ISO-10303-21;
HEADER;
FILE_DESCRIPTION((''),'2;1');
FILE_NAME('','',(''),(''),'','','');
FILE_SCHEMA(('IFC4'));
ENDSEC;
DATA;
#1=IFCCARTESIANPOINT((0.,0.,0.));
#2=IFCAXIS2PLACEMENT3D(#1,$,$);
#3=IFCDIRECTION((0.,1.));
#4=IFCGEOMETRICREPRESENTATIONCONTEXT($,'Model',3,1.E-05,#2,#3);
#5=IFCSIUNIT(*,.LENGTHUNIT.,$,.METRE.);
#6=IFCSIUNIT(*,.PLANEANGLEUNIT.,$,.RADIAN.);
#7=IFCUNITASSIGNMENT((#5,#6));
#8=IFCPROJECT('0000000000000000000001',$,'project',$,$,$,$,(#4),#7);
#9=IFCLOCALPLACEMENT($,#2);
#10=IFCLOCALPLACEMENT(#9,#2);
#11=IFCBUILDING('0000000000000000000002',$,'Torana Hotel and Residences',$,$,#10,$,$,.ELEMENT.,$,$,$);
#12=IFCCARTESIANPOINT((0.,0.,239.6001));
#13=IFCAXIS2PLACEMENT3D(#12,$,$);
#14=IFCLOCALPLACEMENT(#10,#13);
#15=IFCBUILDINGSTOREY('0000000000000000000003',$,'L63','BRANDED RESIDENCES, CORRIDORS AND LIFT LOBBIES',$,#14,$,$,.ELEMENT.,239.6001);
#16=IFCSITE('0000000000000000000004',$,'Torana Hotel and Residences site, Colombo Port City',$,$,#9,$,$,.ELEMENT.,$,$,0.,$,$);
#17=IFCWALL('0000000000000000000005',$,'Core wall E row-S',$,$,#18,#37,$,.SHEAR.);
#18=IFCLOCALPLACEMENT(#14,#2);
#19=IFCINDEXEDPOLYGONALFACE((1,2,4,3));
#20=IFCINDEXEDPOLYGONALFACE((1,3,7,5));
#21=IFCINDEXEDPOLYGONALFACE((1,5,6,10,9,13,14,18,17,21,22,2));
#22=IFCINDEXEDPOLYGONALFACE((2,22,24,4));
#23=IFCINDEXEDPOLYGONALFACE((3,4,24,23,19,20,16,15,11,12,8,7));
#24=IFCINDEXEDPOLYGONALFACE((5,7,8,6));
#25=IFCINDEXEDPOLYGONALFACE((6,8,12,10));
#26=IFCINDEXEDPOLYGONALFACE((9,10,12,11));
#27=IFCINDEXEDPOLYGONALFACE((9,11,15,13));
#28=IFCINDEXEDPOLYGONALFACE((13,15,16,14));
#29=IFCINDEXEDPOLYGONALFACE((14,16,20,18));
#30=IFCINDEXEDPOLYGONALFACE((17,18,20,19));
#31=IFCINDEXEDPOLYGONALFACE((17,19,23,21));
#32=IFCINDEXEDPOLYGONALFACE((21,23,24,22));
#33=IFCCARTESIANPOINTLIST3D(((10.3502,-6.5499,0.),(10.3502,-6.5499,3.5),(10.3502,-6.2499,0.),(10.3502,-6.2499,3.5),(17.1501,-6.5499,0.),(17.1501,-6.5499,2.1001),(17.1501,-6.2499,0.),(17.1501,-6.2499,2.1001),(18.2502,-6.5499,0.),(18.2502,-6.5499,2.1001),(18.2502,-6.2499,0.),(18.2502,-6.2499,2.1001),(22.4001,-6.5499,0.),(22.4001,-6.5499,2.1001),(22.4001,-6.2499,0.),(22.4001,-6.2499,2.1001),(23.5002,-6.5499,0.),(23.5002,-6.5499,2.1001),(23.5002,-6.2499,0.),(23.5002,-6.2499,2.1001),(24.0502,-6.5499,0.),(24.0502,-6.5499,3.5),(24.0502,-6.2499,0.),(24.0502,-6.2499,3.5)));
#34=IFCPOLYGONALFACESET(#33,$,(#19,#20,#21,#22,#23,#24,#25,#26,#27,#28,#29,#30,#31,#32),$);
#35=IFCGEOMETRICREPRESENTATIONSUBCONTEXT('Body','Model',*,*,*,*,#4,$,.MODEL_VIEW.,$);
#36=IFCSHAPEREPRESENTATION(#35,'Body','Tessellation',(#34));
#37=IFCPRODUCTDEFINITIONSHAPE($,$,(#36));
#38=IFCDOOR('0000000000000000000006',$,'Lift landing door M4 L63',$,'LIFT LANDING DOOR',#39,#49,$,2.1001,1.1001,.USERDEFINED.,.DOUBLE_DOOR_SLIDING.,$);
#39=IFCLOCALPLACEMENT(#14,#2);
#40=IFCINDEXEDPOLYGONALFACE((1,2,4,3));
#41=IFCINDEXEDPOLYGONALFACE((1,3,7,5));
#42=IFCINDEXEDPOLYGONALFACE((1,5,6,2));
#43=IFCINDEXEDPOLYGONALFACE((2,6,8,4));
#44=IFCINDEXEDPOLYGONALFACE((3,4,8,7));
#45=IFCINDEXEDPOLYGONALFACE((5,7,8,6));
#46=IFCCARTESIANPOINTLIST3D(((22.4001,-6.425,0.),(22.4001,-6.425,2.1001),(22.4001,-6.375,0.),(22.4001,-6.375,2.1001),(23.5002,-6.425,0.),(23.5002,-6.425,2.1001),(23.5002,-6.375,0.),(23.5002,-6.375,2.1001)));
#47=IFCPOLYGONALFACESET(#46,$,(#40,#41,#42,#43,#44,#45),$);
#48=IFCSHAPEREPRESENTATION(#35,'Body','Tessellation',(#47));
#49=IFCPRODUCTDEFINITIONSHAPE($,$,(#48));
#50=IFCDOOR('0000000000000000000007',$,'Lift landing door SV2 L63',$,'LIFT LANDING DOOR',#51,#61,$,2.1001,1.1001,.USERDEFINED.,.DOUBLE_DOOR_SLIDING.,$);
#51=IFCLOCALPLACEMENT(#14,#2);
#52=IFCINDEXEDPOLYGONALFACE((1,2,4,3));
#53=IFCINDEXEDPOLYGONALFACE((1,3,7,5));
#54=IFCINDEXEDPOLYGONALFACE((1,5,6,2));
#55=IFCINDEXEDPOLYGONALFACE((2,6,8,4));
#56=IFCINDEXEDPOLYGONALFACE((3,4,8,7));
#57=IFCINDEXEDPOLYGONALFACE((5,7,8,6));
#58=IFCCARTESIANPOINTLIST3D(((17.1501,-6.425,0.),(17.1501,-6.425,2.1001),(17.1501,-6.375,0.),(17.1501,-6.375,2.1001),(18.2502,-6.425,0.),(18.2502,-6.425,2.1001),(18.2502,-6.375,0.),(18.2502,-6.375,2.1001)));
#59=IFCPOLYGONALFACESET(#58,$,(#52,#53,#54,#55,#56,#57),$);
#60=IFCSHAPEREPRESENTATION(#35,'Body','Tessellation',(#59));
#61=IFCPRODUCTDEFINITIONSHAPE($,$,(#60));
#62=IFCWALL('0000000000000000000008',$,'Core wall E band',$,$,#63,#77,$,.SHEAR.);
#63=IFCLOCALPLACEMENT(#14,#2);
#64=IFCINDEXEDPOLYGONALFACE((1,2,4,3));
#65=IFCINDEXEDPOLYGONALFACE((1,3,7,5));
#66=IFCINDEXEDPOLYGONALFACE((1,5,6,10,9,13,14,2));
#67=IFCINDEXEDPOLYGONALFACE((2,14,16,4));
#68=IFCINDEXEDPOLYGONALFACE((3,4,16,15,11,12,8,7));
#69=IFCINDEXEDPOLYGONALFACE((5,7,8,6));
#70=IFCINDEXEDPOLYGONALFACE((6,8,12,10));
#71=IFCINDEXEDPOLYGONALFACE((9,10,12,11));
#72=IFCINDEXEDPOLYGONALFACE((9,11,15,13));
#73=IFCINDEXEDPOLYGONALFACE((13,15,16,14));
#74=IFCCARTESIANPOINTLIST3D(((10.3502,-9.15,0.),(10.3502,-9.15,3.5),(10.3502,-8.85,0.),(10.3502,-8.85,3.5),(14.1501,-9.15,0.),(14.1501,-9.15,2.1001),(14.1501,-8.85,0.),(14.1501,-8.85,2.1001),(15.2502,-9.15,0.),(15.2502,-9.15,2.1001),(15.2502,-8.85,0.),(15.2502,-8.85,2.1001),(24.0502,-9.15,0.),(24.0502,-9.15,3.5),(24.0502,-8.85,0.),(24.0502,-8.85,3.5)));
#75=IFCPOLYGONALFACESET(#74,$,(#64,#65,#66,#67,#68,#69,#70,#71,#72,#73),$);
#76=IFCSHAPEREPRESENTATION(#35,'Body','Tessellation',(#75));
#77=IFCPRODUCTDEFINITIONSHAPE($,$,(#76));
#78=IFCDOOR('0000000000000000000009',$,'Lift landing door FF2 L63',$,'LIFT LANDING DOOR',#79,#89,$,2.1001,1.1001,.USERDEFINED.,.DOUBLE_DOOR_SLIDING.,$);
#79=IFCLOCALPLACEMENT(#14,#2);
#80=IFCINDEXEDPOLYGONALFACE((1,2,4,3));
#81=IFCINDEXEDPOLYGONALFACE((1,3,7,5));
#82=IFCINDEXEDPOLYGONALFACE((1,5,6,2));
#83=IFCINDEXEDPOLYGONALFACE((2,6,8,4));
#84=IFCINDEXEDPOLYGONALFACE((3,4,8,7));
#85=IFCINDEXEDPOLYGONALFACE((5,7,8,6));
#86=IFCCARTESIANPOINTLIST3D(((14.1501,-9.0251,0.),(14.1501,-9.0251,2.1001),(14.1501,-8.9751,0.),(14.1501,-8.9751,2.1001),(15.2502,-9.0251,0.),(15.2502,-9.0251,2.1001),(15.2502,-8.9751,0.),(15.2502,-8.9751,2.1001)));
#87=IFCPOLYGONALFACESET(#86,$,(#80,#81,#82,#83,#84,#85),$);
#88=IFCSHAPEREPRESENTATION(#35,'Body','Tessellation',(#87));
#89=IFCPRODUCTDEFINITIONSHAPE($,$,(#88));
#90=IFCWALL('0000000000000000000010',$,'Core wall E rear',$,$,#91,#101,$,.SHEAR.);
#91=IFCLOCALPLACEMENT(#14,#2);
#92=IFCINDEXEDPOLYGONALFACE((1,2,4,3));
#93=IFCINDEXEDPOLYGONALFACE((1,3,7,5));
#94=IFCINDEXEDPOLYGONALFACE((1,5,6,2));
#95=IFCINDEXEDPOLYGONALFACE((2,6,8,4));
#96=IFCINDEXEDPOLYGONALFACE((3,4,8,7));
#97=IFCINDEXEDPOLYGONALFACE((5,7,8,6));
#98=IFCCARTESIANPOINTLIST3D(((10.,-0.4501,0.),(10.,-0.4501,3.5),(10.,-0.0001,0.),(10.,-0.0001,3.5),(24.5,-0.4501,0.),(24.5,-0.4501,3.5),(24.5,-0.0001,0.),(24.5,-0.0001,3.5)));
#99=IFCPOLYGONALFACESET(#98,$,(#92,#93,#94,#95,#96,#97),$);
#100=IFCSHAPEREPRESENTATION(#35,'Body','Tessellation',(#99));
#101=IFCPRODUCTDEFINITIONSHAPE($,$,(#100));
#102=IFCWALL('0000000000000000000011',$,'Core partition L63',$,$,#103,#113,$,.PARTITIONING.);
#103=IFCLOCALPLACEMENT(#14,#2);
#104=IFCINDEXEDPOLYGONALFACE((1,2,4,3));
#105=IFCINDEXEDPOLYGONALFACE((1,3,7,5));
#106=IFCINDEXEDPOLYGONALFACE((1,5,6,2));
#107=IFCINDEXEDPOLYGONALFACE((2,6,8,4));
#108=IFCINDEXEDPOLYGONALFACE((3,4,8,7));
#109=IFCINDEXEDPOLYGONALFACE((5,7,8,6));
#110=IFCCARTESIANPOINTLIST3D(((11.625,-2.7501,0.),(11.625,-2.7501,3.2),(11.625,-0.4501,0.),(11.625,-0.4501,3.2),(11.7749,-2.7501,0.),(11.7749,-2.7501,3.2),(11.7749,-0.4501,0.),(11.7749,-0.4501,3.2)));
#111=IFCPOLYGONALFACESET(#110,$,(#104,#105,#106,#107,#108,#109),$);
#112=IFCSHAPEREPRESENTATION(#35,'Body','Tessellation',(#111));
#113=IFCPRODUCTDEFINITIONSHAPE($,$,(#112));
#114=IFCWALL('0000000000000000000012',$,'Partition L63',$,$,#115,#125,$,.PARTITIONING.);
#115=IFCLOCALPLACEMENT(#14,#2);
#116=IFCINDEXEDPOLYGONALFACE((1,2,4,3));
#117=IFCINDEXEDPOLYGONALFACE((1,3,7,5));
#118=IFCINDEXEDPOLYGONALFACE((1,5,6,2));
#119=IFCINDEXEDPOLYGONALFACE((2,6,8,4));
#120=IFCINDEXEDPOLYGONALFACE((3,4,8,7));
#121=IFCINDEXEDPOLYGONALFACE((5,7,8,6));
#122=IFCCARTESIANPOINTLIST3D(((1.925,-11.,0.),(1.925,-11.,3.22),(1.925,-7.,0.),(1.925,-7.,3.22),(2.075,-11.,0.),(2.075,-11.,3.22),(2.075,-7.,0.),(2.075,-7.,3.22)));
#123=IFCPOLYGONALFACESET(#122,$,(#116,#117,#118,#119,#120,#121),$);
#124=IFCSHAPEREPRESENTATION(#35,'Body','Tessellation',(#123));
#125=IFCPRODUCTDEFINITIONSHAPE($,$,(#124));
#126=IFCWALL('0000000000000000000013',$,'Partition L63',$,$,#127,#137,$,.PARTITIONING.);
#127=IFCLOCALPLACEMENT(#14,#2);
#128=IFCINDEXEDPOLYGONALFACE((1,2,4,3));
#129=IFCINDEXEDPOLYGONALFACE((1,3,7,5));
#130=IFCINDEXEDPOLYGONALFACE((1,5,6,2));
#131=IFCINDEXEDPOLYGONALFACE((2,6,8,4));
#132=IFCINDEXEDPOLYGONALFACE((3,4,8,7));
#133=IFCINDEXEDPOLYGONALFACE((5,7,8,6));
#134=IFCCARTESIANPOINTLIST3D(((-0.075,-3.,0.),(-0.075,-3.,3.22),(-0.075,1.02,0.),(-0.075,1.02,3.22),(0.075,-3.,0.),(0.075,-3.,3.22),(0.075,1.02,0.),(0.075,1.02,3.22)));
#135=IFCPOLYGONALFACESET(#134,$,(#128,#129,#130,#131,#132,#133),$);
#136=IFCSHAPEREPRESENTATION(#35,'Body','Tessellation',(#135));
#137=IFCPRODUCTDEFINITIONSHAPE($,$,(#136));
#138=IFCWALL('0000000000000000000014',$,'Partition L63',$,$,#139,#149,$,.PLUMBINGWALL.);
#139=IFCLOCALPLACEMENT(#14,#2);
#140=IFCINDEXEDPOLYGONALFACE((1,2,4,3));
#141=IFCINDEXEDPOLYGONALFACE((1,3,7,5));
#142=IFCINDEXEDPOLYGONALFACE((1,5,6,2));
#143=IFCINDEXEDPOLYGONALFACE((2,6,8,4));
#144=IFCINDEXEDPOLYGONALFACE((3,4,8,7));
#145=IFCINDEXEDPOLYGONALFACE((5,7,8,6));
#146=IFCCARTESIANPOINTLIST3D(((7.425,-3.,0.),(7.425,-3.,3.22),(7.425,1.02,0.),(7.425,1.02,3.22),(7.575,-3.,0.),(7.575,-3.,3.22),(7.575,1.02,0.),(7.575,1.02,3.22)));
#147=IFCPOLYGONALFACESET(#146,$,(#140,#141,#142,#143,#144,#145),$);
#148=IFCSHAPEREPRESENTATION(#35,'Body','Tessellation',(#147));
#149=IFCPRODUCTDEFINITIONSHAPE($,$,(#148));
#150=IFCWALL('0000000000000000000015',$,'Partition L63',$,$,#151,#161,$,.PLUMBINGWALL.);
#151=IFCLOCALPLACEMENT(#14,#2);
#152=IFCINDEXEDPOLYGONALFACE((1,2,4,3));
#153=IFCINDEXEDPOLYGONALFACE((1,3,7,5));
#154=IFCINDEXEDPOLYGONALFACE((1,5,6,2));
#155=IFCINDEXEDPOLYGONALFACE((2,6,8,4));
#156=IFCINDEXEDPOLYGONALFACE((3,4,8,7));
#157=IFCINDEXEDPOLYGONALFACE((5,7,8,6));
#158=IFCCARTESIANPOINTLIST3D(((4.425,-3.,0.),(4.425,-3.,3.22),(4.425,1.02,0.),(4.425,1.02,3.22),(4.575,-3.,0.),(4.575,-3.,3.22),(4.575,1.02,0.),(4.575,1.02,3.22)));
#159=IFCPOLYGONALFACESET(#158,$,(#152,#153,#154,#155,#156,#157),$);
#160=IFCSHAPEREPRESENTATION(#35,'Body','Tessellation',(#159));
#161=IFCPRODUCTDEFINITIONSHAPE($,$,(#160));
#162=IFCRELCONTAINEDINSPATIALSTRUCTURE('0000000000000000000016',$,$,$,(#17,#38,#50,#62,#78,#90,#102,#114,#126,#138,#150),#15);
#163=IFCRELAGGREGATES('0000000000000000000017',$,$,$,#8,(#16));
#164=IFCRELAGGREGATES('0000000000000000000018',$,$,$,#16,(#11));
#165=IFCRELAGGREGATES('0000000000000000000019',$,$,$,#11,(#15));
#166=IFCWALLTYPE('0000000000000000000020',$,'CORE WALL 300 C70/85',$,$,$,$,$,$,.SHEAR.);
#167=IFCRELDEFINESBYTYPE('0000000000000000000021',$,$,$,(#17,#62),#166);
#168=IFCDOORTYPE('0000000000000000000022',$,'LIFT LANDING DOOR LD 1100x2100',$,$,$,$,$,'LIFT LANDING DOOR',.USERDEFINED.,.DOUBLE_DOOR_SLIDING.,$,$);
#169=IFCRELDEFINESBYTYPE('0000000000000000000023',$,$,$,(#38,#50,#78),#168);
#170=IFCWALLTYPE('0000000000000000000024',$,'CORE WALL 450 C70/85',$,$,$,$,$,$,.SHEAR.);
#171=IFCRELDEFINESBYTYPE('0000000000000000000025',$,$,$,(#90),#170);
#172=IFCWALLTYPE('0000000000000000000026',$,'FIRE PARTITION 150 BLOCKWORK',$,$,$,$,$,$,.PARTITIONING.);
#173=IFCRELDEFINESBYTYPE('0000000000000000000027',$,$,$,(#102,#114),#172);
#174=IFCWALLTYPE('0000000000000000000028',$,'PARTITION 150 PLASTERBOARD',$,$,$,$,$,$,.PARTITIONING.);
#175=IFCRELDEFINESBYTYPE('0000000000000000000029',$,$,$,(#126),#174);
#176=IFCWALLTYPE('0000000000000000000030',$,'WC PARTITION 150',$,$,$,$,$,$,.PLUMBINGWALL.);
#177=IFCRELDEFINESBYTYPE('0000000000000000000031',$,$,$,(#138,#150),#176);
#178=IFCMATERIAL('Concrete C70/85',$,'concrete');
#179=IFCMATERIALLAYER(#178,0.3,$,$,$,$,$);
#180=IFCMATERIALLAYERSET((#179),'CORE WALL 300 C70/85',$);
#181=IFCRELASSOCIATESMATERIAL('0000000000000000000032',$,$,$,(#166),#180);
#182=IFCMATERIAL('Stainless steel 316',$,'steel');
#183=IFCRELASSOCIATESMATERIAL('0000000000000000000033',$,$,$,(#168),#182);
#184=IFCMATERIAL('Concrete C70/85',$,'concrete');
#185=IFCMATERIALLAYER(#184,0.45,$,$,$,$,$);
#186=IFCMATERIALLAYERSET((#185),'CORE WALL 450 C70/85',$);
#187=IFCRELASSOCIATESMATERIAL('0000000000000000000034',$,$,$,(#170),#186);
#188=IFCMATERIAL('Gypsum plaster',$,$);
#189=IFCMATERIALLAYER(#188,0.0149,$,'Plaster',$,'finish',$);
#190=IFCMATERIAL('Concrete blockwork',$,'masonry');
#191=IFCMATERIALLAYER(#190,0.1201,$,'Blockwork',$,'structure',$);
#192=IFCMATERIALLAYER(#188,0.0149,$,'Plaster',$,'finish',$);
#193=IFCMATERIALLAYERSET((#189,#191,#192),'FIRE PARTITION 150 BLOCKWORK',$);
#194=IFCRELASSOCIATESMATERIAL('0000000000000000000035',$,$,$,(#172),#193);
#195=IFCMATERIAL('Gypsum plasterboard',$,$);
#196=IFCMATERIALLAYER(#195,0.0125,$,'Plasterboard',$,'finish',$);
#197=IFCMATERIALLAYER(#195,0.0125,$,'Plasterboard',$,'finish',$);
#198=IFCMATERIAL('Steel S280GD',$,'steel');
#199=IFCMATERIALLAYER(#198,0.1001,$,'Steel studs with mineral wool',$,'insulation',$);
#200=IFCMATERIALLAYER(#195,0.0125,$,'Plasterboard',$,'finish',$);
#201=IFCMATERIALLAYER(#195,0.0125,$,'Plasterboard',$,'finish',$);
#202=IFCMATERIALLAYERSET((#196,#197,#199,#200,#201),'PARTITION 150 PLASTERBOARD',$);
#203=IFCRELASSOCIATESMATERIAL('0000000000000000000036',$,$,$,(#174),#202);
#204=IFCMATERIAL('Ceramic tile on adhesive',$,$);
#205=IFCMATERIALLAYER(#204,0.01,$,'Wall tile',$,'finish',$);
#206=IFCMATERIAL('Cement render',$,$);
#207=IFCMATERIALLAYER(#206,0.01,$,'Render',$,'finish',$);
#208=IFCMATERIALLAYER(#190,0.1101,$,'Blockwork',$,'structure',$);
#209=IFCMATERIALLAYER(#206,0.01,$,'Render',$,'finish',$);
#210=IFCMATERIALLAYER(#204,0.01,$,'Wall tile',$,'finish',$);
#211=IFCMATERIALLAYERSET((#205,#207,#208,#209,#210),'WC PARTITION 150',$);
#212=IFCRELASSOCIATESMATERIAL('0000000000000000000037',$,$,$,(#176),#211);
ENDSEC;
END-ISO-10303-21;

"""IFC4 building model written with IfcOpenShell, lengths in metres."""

from ifc_helpers import new_model, si_unit, direction, frame, frame_2d, origin, place, context, subcontext, project, spatial, rectangle, extrude, material, layer, layer_set, type_object, element, fill, save


model = new_model("IFC4")

# Units and contexts
model_context = context("Model", 3, precision=1e-05, world=origin(), true_north=direction((0.0, 1.0)))
body_context = subcontext(model_context, "Body", "Model", "MODEL_VIEW")
ifc_project = project(units=[si_unit("LENGTHUNIT", "METRE"), si_unit("PLANEANGLEUNIT", "RADIAN")], contexts=[model_context])

# Site, building, storey
site_placement = place(None, origin())
site = spatial("IfcSite", under=ifc_project, at=site_placement, Name="Torana Hotel and Residences site, Colombo Port City", CompositionType="ELEMENT", RefElevation=0.0)
building_placement = place(site_placement, origin())
building = spatial("IfcBuilding", under=site, at=building_placement, Name="Torana Hotel and Residences", CompositionType="ELEMENT")
storey_placement = place(building_placement, frame((0.0, 0.0, 239.6001)))
storey = spatial("IfcBuildingStorey", under=building, at=storey_placement, Name="L63", Description="BRANDED RESIDENCES, CORRIDORS AND LIFT LOBBIES", CompositionType="ELEMENT", Elevation=239.6001)

# Wall, openings, doors
ifc_material_1 = material(Name="Concrete C70/85", Category="concrete")
ifc_layer_1 = layer(ifc_material_1, 0.3)
ifc_layer_set_1 = layer_set([ifc_layer_1], Name="CORE WALL 300 C70/85")
wall_type_1 = type_object("IfcWallType", Name="CORE WALL 300 C70/85", PredefinedType="SHEAR", material=ifc_layer_set_1)
ifc_material_2 = material(Name="Stainless steel 316", Category="steel")
door_type_1 = type_object("IfcDoorType", Name="LIFT LANDING DOOR LD 1100x2100", ElementType="LIFT LANDING DOOR", OperationType="DOUBLE_DOOR_SLIDING", PredefinedType="USERDEFINED", material=ifc_material_2)
wall_1_placement = place(storey_placement, frame((10.3501, -6.3999, 0.0), z_axis=(0.0, 0.0, 1.0), x_axis=(1.0, 0.0, 0.0)))
wall_1 = element("IfcWall", 1, at=wall_1_placement, inside=storey, type_object=wall_type_1, Name="Core wall E row-S", PredefinedType="SHEAR", context=body_context, shape_type="SweptSolid", body=[
    extrude(rectangle(XDim=13.7, YDim=0.3, at=frame_2d((6.8501, 0.0))), origin(), (0.0, 0.0, 1.0), 3.5),
])
opening_1_placement = place(wall_1_placement, frame((12.05, 0.0, 0.0)))
opening_1 = element("IfcOpeningElement", 2, at=opening_1_placement, cuts=wall_1, PredefinedType="OPENING", context=body_context, shape_type="SweptSolid", body=[
    extrude(rectangle(XDim=1.1001, YDim=2.1001, at=frame_2d((0.55, 1.05))), frame((0.0, 0.1599, 0.0), z_axis=(0.0, -1.0, 0.0), x_axis=(1.0, 0.0, 0.0)), (0.0, 0.0, 1.0), 0.3201),
])
opening_2_placement = place(wall_1_placement, frame((6.8, 0.0, 0.0)))
opening_2 = element("IfcOpeningElement", 3, at=opening_2_placement, cuts=wall_1, PredefinedType="OPENING", context=body_context, shape_type="SweptSolid", body=[
    extrude(rectangle(XDim=1.1001, YDim=2.1001, at=frame_2d((0.55, 1.05))), frame((0.0, 0.1599, 0.0), z_axis=(0.0, -1.0, 0.0), x_axis=(1.0, 0.0, 0.0)), (0.0, 0.0, 1.0), 0.3201),
])
door_1_placement = place(opening_1_placement, origin())
door_1 = element("IfcDoor", 4, at=door_1_placement, inside=storey, type_object=door_type_1, Name="Lift landing door M4 L63", ObjectType="LIFT LANDING DOOR", OperationType="DOUBLE_DOOR_SLIDING", OverallHeight=2.1001, OverallWidth=1.1001, PredefinedType="USERDEFINED", context=body_context, shape_type="SweptSolid", body=[
    extrude(rectangle(XDim=1.1001, YDim=2.1001, at=frame_2d((0.55, 1.05))), frame((0.0, 0.0249, 0.0), z_axis=(0.0, -1.0, 0.0), x_axis=(1.0, 0.0, 0.0)), (0.0, 0.0, 1.0), 0.05),
])
fill(opening_1, door_1)
door_2_placement = place(opening_2_placement, origin())
door_2 = element("IfcDoor", 5, at=door_2_placement, inside=storey, type_object=door_type_1, Name="Lift landing door SV2 L63", ObjectType="LIFT LANDING DOOR", OperationType="DOUBLE_DOOR_SLIDING", OverallHeight=2.1001, OverallWidth=1.1001, PredefinedType="USERDEFINED", context=body_context, shape_type="SweptSolid", body=[
    extrude(rectangle(XDim=1.1001, YDim=2.1001, at=frame_2d((0.55, 1.05))), frame((0.0, 0.0249, 0.0), z_axis=(0.0, -1.0, 0.0), x_axis=(1.0, 0.0, 0.0)), (0.0, 0.0, 1.0), 0.05),
])
fill(opening_2, door_2)

# Wall, opening, door
wall_2_placement = place(storey_placement, frame((10.3501, -9.0, 0.0), z_axis=(0.0, 0.0, 1.0), x_axis=(1.0, 0.0, 0.0)))
wall_2 = element("IfcWall", 6, at=wall_2_placement, inside=storey, type_object=wall_type_1, Name="Core wall E band", PredefinedType="SHEAR", context=body_context, shape_type="SweptSolid", body=[
    extrude(rectangle(XDim=13.7, YDim=0.3, at=frame_2d((6.8501, 0.0))), origin(), (0.0, 0.0, 1.0), 3.5),
])
opening_3_placement = place(wall_2_placement, frame((3.8, 0.0, 0.0)))
opening_3 = element("IfcOpeningElement", 7, at=opening_3_placement, cuts=wall_2, PredefinedType="OPENING", context=body_context, shape_type="SweptSolid", body=[
    extrude(rectangle(XDim=1.1001, YDim=2.1001, at=frame_2d((0.55, 1.05))), frame((0.0, 0.1599, 0.0), z_axis=(0.0, -1.0, 0.0), x_axis=(1.0, 0.0, 0.0)), (0.0, 0.0, 1.0), 0.3201),
])
door_3_placement = place(opening_3_placement, origin())
door_3 = element("IfcDoor", 8, at=door_3_placement, inside=storey, type_object=door_type_1, Name="Lift landing door FF2 L63", ObjectType="LIFT LANDING DOOR", OperationType="DOUBLE_DOOR_SLIDING", OverallHeight=2.1001, OverallWidth=1.1001, PredefinedType="USERDEFINED", context=body_context, shape_type="SweptSolid", body=[
    extrude(rectangle(XDim=1.1001, YDim=2.1001, at=frame_2d((0.55, 1.05))), frame((0.0, 0.0249, 0.0), z_axis=(0.0, -1.0, 0.0), x_axis=(1.0, 0.0, 0.0)), (0.0, 0.0, 1.0), 0.05),
])
fill(opening_3, door_3)

# Walls
ifc_material_3 = material(Name="Concrete C70/85", Category="concrete")
ifc_layer_2 = layer(ifc_material_3, 0.45)
ifc_layer_set_2 = layer_set([ifc_layer_2], Name="CORE WALL 450 C70/85")
wall_type_2 = type_object("IfcWallType", Name="CORE WALL 450 C70/85", PredefinedType="SHEAR", material=ifc_layer_set_2)
wall_3_placement = place(storey_placement, frame((10.0, -0.2251, 0.0), z_axis=(0.0, 0.0, 1.0), x_axis=(1.0, 0.0, 0.0)))
element("IfcWall", 9, at=wall_3_placement, inside=storey, type_object=wall_type_2, Name="Core wall E rear", PredefinedType="SHEAR", context=body_context, shape_type="SweptSolid", body=[
    extrude(rectangle(XDim=14.5, YDim=0.45, at=frame_2d((7.25, 0.0))), origin(), (0.0, 0.0, 1.0), 3.5),
])
ifc_material_4 = material(Name="Gypsum plaster")
ifc_layer_3 = layer(ifc_material_4, 0.0149, Name="Plaster", Category="finish")
ifc_material_5 = material(Name="Concrete blockwork", Category="masonry")
ifc_layer_4 = layer(ifc_material_5, 0.1201, Name="Blockwork", Category="structure")
ifc_layer_5 = layer(ifc_material_4, 0.0149, Name="Plaster", Category="finish")
ifc_layer_set_3 = layer_set([ifc_layer_3, ifc_layer_4, ifc_layer_5], Name="FIRE PARTITION 150 BLOCKWORK")
wall_type_3 = type_object("IfcWallType", Name="FIRE PARTITION 150 BLOCKWORK", PredefinedType="PARTITIONING", material=ifc_layer_set_3)
wall_4_placement = place(storey_placement, frame((11.7, -2.75, 0.0), z_axis=(0.0, 0.0, 1.0), x_axis=(0.0, 1.0, 0.0)))
element("IfcWall", 10, at=wall_4_placement, inside=storey, type_object=wall_type_3, Name="Core partition L63", PredefinedType="PARTITIONING", context=body_context, shape_type="SweptSolid", body=[
    extrude(rectangle(XDim=2.3, YDim=0.1499, at=frame_2d((1.1499, 0.0))), origin(), (0.0, 0.0, 1.0), 3.2),
])
wall_5_placement = place(storey_placement, frame((2.0, -11.0, 0.0), z_axis=(0.0, 0.0, 1.0), x_axis=(0.0, 1.0, 0.0)))
element("IfcWall", 11, at=wall_5_placement, inside=storey, type_object=wall_type_3, Name="Partition L63", PredefinedType="PARTITIONING", context=body_context, shape_type="SweptSolid", body=[
    extrude(rectangle(XDim=4.0, YDim=0.1499, at=frame_2d((2.0, 0.0))), origin(), (0.0, 0.0, 1.0), 3.22),
])
ifc_material_6 = material(Name="Gypsum plasterboard")
ifc_layer_6 = layer(ifc_material_6, 0.0125, Name="Plasterboard", Category="finish")
ifc_layer_7 = layer(ifc_material_6, 0.0125, Name="Plasterboard", Category="finish")
ifc_material_7 = material(Name="Steel S280GD", Category="steel")
ifc_layer_8 = layer(ifc_material_7, 0.1001, Name="Steel studs with mineral wool", Category="insulation")
ifc_layer_9 = layer(ifc_material_6, 0.0125, Name="Plasterboard", Category="finish")
ifc_layer_10 = layer(ifc_material_6, 0.0125, Name="Plasterboard", Category="finish")
ifc_layer_set_4 = layer_set([ifc_layer_6, ifc_layer_7, ifc_layer_8, ifc_layer_9, ifc_layer_10], Name="PARTITION 150 PLASTERBOARD")
wall_type_4 = type_object("IfcWallType", Name="PARTITION 150 PLASTERBOARD", PredefinedType="PARTITIONING", material=ifc_layer_set_4)
wall_6_placement = place(storey_placement, frame((0.0, -3.0, 0.0), z_axis=(0.0, 0.0, 1.0), x_axis=(0.0, 1.0, 0.0)))
element("IfcWall", 12, at=wall_6_placement, inside=storey, type_object=wall_type_4, Name="Partition L63", PredefinedType="PARTITIONING", context=body_context, shape_type="SweptSolid", body=[
    extrude(rectangle(XDim=4.02, YDim=0.1499, at=frame_2d((2.01, 0.0))), origin(), (0.0, 0.0, 1.0), 3.22),
])
ifc_material_8 = material(Name="Ceramic tile on adhesive")
ifc_layer_11 = layer(ifc_material_8, 0.01, Name="Wall tile", Category="finish")
ifc_material_9 = material(Name="Cement render")
ifc_layer_12 = layer(ifc_material_9, 0.01, Name="Render", Category="finish")
ifc_layer_13 = layer(ifc_material_5, 0.1101, Name="Blockwork", Category="structure")
ifc_layer_14 = layer(ifc_material_9, 0.01, Name="Render", Category="finish")
ifc_layer_15 = layer(ifc_material_8, 0.01, Name="Wall tile", Category="finish")
ifc_layer_set_5 = layer_set([ifc_layer_11, ifc_layer_12, ifc_layer_13, ifc_layer_14, ifc_layer_15], Name="WC PARTITION 150")
wall_type_5 = type_object("IfcWallType", Name="WC PARTITION 150", PredefinedType="PLUMBINGWALL", material=ifc_layer_set_5)
for number, where, z_axis, x_axis, name in (
    (13, (7.5, -3.0, 0.0), (0.0, 0.0, 1.0), (0.0, 1.0, 0.0), "Partition L63"),
    (14, (4.5, -3.0, 0.0), (0.0, 0.0, 1.0), (0.0, 1.0, 0.0), "Partition L63"),
):
    element("IfcWall", number, at=place(storey_placement, frame(where, z_axis=z_axis, x_axis=x_axis)), inside=storey, type_object=wall_type_5, Name=name, PredefinedType="PLUMBINGWALL", context=body_context, shape_type="SweptSolid", body=[
        extrude(rectangle(XDim=4.02, YDim=0.1499, at=frame_2d((2.01, 0.0))), origin(), (0.0, 0.0, 1.0), 3.22),
    ])

save(model, "model.ifc")
